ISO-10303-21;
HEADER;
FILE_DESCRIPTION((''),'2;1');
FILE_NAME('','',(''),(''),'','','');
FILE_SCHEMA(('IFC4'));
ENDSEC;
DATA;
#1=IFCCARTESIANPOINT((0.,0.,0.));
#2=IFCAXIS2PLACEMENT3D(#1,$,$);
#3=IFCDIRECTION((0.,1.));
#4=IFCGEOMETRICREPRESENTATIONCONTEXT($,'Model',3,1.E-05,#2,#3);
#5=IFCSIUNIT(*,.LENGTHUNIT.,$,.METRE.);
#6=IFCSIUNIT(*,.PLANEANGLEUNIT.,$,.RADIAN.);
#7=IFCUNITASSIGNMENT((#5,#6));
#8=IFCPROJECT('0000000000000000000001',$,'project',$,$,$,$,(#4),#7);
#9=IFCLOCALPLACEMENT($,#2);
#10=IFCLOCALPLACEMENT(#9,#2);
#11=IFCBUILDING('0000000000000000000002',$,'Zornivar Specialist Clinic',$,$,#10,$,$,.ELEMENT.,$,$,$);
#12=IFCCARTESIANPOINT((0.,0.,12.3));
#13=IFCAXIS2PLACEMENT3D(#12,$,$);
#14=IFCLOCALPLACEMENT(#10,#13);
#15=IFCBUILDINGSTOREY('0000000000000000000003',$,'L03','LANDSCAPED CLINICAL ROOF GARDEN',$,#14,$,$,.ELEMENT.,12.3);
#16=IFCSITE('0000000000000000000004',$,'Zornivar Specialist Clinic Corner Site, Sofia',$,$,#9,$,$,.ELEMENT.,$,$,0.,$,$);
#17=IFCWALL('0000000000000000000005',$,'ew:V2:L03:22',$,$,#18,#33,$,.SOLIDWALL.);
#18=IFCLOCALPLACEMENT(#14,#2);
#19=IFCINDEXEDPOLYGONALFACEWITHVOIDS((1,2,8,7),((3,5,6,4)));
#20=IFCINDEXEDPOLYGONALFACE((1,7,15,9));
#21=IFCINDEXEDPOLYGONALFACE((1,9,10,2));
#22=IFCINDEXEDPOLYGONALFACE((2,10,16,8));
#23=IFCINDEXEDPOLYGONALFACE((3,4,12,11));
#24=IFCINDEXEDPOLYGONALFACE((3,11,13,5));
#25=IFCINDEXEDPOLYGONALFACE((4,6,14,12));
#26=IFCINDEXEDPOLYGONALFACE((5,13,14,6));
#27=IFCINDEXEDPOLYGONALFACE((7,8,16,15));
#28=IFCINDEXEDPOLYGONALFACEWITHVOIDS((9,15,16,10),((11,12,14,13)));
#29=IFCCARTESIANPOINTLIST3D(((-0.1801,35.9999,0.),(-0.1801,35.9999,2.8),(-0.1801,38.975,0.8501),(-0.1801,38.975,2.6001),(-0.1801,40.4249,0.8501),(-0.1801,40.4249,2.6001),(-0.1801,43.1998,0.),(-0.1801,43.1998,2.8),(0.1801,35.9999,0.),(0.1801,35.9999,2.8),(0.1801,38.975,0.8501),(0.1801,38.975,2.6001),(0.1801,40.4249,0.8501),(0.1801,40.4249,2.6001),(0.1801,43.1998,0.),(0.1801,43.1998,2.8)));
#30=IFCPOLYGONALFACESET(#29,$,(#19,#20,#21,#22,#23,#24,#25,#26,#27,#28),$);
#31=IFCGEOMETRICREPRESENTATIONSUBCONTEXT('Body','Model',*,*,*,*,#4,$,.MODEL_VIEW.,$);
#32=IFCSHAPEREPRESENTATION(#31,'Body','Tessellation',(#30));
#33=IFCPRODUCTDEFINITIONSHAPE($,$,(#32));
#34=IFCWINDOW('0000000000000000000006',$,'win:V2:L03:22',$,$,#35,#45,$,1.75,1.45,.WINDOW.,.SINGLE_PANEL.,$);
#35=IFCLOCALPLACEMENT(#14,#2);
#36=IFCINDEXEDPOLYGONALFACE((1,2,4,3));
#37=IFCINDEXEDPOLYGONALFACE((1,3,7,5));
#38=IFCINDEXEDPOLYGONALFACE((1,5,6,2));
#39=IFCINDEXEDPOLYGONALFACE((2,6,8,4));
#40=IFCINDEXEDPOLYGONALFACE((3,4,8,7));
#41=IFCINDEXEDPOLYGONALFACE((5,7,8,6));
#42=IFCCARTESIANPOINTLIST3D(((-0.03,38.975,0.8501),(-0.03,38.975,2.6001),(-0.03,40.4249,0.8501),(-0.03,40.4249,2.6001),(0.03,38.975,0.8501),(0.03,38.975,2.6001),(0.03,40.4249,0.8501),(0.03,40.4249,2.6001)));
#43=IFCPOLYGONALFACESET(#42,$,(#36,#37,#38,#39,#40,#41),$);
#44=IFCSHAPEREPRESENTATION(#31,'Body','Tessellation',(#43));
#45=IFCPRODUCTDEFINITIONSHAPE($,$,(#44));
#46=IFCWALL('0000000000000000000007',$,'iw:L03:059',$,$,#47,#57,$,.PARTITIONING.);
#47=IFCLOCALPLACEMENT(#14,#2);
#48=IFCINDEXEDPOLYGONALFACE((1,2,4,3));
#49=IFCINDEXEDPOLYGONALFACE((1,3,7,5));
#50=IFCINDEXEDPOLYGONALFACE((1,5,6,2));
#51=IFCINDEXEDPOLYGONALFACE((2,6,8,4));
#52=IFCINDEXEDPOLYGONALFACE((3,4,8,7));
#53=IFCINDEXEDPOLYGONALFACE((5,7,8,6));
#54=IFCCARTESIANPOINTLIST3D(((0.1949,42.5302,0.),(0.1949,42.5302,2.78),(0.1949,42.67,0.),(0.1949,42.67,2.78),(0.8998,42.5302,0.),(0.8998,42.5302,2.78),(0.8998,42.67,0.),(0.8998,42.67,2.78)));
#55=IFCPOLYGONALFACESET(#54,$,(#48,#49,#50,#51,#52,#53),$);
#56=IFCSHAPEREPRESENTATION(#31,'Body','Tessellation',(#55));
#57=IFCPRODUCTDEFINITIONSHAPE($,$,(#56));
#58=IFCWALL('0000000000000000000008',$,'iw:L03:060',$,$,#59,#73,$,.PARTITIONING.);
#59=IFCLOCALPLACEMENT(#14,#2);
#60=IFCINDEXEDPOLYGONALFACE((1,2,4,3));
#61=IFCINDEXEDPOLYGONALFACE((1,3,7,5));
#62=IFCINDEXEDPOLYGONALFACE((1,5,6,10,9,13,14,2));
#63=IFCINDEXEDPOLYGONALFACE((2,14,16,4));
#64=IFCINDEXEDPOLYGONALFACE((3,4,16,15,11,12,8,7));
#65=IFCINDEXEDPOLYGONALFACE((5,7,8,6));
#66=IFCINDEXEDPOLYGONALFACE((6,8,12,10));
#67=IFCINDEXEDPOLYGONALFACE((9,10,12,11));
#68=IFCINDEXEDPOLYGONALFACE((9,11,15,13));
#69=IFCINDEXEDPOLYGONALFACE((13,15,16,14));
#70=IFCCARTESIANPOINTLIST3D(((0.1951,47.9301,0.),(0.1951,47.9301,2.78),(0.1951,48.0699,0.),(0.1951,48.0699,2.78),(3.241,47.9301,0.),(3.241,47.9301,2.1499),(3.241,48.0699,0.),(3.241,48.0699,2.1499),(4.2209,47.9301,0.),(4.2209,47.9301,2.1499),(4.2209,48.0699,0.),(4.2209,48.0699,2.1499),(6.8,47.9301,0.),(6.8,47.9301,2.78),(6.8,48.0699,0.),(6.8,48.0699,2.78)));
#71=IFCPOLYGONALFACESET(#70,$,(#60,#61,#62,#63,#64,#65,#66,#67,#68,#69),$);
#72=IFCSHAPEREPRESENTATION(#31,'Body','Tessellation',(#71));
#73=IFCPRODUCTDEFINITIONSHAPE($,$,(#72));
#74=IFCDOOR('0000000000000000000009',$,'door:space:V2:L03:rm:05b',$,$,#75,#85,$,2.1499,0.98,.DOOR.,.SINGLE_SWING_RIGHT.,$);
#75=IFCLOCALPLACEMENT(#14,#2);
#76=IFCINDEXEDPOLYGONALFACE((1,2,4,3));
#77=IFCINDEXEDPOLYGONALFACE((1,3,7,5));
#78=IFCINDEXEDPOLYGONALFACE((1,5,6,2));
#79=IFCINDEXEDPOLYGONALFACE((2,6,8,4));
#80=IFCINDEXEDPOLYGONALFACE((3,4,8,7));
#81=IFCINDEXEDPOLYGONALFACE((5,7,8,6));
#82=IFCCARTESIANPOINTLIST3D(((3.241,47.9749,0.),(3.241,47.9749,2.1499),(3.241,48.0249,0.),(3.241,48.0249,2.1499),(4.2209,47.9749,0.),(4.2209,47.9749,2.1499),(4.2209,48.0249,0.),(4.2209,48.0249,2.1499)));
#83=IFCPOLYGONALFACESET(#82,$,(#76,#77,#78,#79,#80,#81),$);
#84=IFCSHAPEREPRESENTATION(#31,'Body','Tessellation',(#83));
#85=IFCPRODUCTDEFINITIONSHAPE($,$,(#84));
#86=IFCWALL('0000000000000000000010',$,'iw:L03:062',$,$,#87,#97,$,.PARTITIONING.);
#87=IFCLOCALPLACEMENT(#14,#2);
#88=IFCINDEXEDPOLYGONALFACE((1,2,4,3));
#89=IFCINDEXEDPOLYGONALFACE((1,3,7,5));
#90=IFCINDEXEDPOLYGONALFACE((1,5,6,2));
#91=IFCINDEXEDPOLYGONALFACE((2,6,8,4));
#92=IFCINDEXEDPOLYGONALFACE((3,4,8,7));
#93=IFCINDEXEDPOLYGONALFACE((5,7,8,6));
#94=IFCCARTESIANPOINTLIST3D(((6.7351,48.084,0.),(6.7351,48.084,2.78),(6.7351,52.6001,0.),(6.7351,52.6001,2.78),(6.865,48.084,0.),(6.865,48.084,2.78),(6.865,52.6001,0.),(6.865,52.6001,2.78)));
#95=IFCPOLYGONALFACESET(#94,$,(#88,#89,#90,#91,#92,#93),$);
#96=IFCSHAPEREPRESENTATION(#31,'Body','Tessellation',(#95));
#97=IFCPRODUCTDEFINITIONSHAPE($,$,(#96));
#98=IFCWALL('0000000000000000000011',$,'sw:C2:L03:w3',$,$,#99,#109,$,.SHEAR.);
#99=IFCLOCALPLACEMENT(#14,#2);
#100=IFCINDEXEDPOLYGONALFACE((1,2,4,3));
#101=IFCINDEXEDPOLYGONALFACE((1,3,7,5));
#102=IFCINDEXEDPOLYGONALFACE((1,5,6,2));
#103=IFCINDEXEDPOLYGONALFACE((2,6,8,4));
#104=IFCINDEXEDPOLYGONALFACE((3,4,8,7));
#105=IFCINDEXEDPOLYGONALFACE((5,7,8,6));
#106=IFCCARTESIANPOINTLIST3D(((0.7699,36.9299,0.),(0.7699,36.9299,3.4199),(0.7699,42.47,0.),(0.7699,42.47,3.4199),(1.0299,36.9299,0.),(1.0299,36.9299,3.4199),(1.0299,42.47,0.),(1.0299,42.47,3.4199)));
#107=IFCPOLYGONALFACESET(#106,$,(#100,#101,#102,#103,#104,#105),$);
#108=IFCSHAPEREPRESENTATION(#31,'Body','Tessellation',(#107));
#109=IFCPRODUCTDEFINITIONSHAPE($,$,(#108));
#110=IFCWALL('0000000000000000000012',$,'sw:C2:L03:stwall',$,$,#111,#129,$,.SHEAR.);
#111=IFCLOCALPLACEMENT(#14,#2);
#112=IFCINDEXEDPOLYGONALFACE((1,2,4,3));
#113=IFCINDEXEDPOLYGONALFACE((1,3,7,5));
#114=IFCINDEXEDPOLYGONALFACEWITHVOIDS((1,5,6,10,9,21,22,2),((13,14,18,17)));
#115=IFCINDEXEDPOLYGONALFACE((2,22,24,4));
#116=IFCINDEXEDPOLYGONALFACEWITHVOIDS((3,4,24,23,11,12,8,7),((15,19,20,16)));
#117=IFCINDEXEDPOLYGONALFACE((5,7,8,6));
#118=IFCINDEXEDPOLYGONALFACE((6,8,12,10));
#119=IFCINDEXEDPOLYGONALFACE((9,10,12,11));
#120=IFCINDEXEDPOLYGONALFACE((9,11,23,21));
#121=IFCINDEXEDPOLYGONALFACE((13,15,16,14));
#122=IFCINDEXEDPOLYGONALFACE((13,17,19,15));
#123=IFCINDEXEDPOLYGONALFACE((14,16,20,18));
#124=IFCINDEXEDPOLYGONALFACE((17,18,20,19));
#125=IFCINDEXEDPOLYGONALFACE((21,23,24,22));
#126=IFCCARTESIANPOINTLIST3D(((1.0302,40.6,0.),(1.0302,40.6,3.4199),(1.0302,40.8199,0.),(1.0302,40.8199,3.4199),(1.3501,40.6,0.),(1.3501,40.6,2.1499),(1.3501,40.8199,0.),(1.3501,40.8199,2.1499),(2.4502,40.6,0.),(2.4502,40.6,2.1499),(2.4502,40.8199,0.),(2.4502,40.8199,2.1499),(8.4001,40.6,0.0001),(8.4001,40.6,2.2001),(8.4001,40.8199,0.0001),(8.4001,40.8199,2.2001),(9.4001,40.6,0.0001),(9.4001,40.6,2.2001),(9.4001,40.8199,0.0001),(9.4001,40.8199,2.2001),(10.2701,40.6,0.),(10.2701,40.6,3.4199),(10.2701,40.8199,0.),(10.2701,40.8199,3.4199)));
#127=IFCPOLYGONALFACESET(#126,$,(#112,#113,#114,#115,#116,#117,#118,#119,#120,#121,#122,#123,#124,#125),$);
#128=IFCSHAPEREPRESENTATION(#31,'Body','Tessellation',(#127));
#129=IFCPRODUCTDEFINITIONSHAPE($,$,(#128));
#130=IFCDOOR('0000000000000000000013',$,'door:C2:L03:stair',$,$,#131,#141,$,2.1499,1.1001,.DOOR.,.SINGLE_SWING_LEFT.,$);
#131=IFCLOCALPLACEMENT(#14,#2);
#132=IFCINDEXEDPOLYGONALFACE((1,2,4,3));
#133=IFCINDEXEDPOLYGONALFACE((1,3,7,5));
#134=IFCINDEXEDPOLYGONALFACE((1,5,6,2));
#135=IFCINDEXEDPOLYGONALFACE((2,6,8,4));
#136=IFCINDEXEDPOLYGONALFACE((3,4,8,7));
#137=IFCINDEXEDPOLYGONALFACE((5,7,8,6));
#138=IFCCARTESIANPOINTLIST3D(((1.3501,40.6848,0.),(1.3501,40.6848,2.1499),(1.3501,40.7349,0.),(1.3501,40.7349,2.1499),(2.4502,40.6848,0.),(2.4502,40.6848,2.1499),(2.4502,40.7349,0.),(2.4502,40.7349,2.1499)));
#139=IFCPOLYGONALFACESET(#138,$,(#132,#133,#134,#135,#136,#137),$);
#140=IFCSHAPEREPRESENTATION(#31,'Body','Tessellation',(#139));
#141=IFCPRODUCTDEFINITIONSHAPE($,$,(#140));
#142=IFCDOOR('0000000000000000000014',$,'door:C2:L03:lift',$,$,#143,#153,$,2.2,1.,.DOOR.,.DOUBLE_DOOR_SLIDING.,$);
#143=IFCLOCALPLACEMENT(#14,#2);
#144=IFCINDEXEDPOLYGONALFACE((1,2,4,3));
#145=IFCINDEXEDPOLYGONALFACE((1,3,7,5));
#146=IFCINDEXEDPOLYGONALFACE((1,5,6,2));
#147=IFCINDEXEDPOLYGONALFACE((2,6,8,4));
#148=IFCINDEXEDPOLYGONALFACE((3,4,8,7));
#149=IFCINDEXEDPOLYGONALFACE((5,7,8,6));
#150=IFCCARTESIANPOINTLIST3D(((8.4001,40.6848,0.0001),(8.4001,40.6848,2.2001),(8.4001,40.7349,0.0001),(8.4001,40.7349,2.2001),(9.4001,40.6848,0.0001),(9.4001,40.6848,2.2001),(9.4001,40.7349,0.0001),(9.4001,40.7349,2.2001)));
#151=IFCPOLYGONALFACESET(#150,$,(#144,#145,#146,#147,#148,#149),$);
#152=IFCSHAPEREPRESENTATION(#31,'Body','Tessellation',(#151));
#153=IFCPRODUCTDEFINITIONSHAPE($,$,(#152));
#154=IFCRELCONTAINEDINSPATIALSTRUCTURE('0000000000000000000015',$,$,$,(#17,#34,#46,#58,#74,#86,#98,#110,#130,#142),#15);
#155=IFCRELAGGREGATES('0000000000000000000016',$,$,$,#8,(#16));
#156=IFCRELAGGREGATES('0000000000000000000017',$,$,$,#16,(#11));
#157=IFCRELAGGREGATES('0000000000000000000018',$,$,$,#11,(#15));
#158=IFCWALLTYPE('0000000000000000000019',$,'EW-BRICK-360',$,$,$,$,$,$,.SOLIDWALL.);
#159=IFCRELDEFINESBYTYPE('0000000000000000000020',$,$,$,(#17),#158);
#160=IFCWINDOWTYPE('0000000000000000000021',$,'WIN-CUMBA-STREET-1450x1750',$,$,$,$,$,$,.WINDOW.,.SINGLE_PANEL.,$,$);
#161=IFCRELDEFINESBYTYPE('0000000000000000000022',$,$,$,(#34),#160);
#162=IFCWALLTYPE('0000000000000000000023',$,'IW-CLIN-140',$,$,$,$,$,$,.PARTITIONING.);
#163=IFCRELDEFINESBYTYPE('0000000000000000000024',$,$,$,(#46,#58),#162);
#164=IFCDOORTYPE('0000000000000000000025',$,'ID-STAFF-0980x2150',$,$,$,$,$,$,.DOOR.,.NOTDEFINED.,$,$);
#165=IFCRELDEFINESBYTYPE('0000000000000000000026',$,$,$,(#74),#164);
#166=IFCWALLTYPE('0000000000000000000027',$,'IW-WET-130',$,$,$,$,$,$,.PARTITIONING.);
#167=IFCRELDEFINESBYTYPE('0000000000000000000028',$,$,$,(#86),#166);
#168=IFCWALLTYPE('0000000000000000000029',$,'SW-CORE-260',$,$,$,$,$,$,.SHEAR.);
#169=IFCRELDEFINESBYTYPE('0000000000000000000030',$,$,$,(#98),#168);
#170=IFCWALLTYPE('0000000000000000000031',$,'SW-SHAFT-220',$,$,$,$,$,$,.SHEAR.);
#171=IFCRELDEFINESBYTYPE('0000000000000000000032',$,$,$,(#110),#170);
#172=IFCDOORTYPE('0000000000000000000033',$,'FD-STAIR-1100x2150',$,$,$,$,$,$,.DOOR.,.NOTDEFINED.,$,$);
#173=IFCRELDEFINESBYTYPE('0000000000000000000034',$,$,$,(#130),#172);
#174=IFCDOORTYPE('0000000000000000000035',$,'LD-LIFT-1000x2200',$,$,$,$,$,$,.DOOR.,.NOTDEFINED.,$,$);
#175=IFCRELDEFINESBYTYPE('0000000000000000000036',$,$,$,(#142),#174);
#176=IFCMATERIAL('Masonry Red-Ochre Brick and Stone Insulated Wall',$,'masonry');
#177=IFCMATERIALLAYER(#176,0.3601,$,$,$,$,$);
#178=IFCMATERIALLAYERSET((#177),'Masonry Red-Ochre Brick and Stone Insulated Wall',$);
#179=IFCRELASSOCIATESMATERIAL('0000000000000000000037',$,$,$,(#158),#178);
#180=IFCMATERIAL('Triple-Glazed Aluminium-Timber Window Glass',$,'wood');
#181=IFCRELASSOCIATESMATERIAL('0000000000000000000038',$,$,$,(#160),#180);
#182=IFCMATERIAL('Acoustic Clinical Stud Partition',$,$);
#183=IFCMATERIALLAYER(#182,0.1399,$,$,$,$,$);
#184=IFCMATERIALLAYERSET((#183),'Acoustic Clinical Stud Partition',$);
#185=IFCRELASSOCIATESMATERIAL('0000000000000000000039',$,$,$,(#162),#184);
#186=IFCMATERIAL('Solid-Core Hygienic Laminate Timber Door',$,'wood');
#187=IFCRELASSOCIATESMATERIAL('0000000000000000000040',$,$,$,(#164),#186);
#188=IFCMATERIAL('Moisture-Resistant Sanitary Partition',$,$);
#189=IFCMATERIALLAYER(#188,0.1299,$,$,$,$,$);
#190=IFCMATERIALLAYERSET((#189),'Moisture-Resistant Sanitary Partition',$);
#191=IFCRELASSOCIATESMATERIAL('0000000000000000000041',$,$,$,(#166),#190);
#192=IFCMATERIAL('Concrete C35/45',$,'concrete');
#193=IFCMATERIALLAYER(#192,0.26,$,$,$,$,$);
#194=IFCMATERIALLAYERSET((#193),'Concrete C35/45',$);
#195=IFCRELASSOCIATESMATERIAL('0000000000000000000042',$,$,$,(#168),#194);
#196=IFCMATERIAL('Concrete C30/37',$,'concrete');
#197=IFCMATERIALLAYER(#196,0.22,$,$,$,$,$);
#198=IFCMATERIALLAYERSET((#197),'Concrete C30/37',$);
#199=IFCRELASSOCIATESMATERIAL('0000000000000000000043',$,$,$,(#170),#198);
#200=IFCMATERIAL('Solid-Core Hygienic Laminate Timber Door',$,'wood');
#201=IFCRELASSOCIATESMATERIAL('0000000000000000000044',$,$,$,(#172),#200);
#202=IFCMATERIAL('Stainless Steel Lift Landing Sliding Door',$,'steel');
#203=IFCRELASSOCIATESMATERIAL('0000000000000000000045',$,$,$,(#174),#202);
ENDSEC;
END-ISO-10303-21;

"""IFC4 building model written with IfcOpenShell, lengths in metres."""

from ifc_helpers import new_model, si_unit, direction, frame, frame_2d, origin, place, context, subcontext, project, spatial, rectangle, extrude, material, layer, layer_set, type_object, element, fill, save


model = new_model("IFC4")

# Units and contexts
model_context = context("Model", 3, precision=1e-05, world=origin(), true_north=direction((0.0, 1.0)))
body_context = subcontext(model_context, "Body", "Model", "MODEL_VIEW")
ifc_project = project(units=[si_unit("LENGTHUNIT", "METRE"), si_unit("PLANEANGLEUNIT", "RADIAN")], contexts=[model_context])

# Site, building, storey
site_placement = place(None, origin())
site = spatial("IfcSite", under=ifc_project, at=site_placement, Name="Zornivar Specialist Clinic Corner Site, Sofia", CompositionType="ELEMENT", RefElevation=0.0)
building_placement = place(site_placement, origin())
building = spatial("IfcBuilding", under=site, at=building_placement, Name="Zornivar Specialist Clinic", CompositionType="ELEMENT")
storey_placement = place(building_placement, frame((0.0, 0.0, 12.3)))
storey = spatial("IfcBuildingStorey", under=building, at=storey_placement, Name="L03", Description="LANDSCAPED CLINICAL ROOF GARDEN", CompositionType="ELEMENT", Elevation=12.3)

# Wall, opening, window
ifc_material_1 = material(Name="Masonry Red-Ochre Brick and Stone Insulated Wall", Category="masonry")
ifc_layer_1 = layer(ifc_material_1, 0.3601)
ifc_layer_set_1 = layer_set([ifc_layer_1], Name="Masonry Red-Ochre Brick and Stone Insulated Wall")
wall_type_1 = type_object("IfcWallType", Name="EW-BRICK-360", PredefinedType="SOLIDWALL", material=ifc_layer_set_1)
wall_1_placement = place(storey_placement, frame((0.0, 43.2, 0.0), z_axis=(0.0, 0.0, 1.0), x_axis=(0.0, -1.0, 0.0)))
wall_1 = element("IfcWall", 1, at=wall_1_placement, inside=storey, type_object=wall_type_1, Name="ew:V2:L03:22", PredefinedType="SOLIDWALL", context=body_context, shape_type="SweptSolid", body=[
    extrude(rectangle(XDim=7.2, YDim=0.3601, at=frame_2d((3.6001, 0.0))), origin(), (0.0, 0.0, 1.0), 2.8),
])
opening_1_placement = place(wall_1_placement, frame((2.7749, 0.0, 0.8501)))
opening_1 = element("IfcOpeningElement", 2, at=opening_1_placement, cuts=wall_1, PredefinedType="OPENING", context=body_context, shape_type="SweptSolid", body=[
    extrude(rectangle(XDim=1.45, YDim=1.75, at=frame_2d((0.7251, 0.875))), frame((0.0, 0.1899, 0.0), z_axis=(0.0, -1.0, 0.0), x_axis=(1.0, 0.0, 0.0)), (0.0, 0.0, 1.0), 0.3801),
])
ifc_material_2 = material(Name="Triple-Glazed Aluminium-Timber Window Glass", Category="wood")
window_type_1 = type_object("IfcWindowType", Name="WIN-CUMBA-STREET-1450x1750", PartitioningType="SINGLE_PANEL", PredefinedType="WINDOW", material=ifc_material_2)
window_1_placement = place(opening_1_placement, origin())
window_1 = element("IfcWindow", 3, at=window_1_placement, inside=storey, type_object=window_type_1, Name="win:V2:L03:22", OverallHeight=1.75, OverallWidth=1.45, PartitioningType="SINGLE_PANEL", PredefinedType="WINDOW", context=body_context, shape_type="SweptSolid", body=[
    extrude(rectangle(XDim=1.45, YDim=1.75, at=frame_2d((0.7251, 0.875))), frame((0.0, 0.03, 0.0), z_axis=(0.0, -1.0, 0.0), x_axis=(1.0, 0.0, 0.0)), (0.0, 0.0, 1.0), 0.0601),
])
fill(opening_1, window_1)

# Wall
ifc_material_3 = material(Name="Acoustic Clinical Stud Partition")
ifc_layer_2 = layer(ifc_material_3, 0.1399)
ifc_layer_set_2 = layer_set([ifc_layer_2], Name="Acoustic Clinical Stud Partition")
wall_type_2 = type_object("IfcWallType", Name="IW-CLIN-140", PredefinedType="PARTITIONING", material=ifc_layer_set_2)
wall_2_placement = place(storey_placement, frame((0.8999, 42.6001, 0.0), z_axis=(0.0, 0.0, 1.0), x_axis=(-1.0, 0.0, 0.0)))
element("IfcWall", 4, at=wall_2_placement, inside=storey, type_object=wall_type_2, Name="iw:L03:059", PredefinedType="PARTITIONING", context=body_context, shape_type="SweptSolid", body=[
    extrude(rectangle(XDim=0.7048, YDim=0.1399, at=frame_2d((0.3525, 0.0))), origin(), (0.0, 0.0, 1.0), 2.78),
])

# Wall, opening, door
wall_3_placement = place(storey_placement, frame((0.1951, 48.0, 0.0), z_axis=(0.0, 0.0, 1.0), x_axis=(1.0, 0.0, 0.0)))
wall_3 = element("IfcWall", 5, at=wall_3_placement, inside=storey, type_object=wall_type_2, Name="iw:L03:060", PredefinedType="PARTITIONING", context=body_context, shape_type="SweptSolid", body=[
    extrude(rectangle(XDim=6.605, YDim=0.1399, at=frame_2d((3.3025, 0.0))), origin(), (0.0, 0.0, 1.0), 2.78),
])
opening_2_placement = place(wall_3_placement, frame((3.0459, 0.0, 0.0)))
opening_2 = element("IfcOpeningElement", 6, at=opening_2_placement, cuts=wall_3, PredefinedType="OPENING", context=body_context, shape_type="SweptSolid", body=[
    extrude(rectangle(XDim=0.98, YDim=2.1499, at=frame_2d((0.49, 1.075))), frame((0.0, 0.0798, 0.0), z_axis=(0.0, -1.0, 0.0), x_axis=(1.0, 0.0, 0.0)), (0.0, 0.0, 1.0), 0.1599),
])
ifc_material_4 = material(Name="Solid-Core Hygienic Laminate Timber Door", Category="wood")
door_type_1 = type_object("IfcDoorType", Name="ID-STAFF-0980x2150", OperationType="NOTDEFINED", PredefinedType="DOOR", material=ifc_material_4)
door_1_placement = place(opening_2_placement, origin())
door_1 = element("IfcDoor", 7, at=door_1_placement, inside=storey, type_object=door_type_1, Name="door:space:V2:L03:rm:05b", OperationType="SINGLE_SWING_RIGHT", OverallHeight=2.1499, OverallWidth=0.98, PredefinedType="DOOR", context=body_context, shape_type="SweptSolid", body=[
    extrude(rectangle(XDim=0.98, YDim=2.1499, at=frame_2d((0.49, 1.075))), frame((0.0, 0.0249, 0.0), z_axis=(0.0, -1.0, 0.0), x_axis=(1.0, 0.0, 0.0)), (0.0, 0.0, 1.0), 0.05),
])
fill(opening_2, door_1)

# Walls
ifc_material_5 = material(Name="Moisture-Resistant Sanitary Partition")
ifc_layer_3 = layer(ifc_material_5, 0.1299)
ifc_layer_set_3 = layer_set([ifc_layer_3], Name="Moisture-Resistant Sanitary Partition")
wall_type_3 = type_object("IfcWallType", Name="IW-WET-130", PredefinedType="PARTITIONING", material=ifc_layer_set_3)
wall_4_placement = place(storey_placement, frame((6.8, 48.084, 0.0), z_axis=(0.0, 0.0, 1.0), x_axis=(0.0, 1.0, 0.0)))
element("IfcWall", 8, at=wall_4_placement, inside=storey, type_object=wall_type_3, Name="iw:L03:062", PredefinedType="PARTITIONING", context=body_context, shape_type="SweptSolid", body=[
    extrude(rectangle(XDim=4.5161, YDim=0.1299, at=frame_2d((2.2581, 0.0))), origin(), (0.0, 0.0, 1.0), 2.78),
])
ifc_material_6 = material(Name="Concrete C35/45", Category="concrete")
ifc_layer_4 = layer(ifc_material_6, 0.26)
ifc_layer_set_4 = layer_set([ifc_layer_4], Name="Concrete C35/45")
wall_type_4 = type_object("IfcWallType", Name="SW-CORE-260", PredefinedType="SHEAR", material=ifc_layer_set_4)
wall_5_placement = place(storey_placement, frame((0.8999, 42.47, 0.0), z_axis=(0.0, 0.0, 1.0), x_axis=(0.0, -1.0, 0.0)))
element("IfcWall", 9, at=wall_5_placement, inside=storey, type_object=wall_type_4, Name="sw:C2:L03:w3", PredefinedType="SHEAR", context=body_context, shape_type="SweptSolid", body=[
    extrude(rectangle(XDim=5.54, YDim=0.26, at=frame_2d((2.77, 0.0))), origin(), (0.0, 0.0, 1.0), 3.4199),
])

# Wall, openings, doors
ifc_material_7 = material(Name="Concrete C30/37", Category="concrete")
ifc_layer_5 = layer(ifc_material_7, 0.22)
ifc_layer_set_5 = layer_set([ifc_layer_5], Name="Concrete C30/37")
wall_type_5 = type_object("IfcWallType", Name="SW-SHAFT-220", PredefinedType="SHEAR", material=ifc_layer_set_5)
wall_6_placement = place(storey_placement, frame((1.03, 40.71, 0.0), z_axis=(0.0, 0.0, 1.0), x_axis=(1.0, 0.0, 0.0)))
wall_6 = element("IfcWall", 10, at=wall_6_placement, inside=storey, type_object=wall_type_5, Name="sw:C2:L03:stwall", PredefinedType="SHEAR", context=body_context, shape_type="SweptSolid", body=[
    extrude(rectangle(XDim=9.24, YDim=0.22, at=frame_2d((4.6201, 0.0))), origin(), (0.0, 0.0, 1.0), 3.4199),
])
opening_3_placement = place(wall_6_placement, frame((0.3201, 0.0, 0.0)))
opening_3 = element("IfcOpeningElement", 11, at=opening_3_placement, cuts=wall_6, PredefinedType="OPENING", context=body_context, shape_type="SweptSolid", body=[
    extrude(rectangle(XDim=1.1001, YDim=2.1499, at=frame_2d((0.55, 1.075))), frame((0.0, 0.1199, 0.0), z_axis=(0.0, -1.0, 0.0), x_axis=(1.0, 0.0, 0.0)), (0.0, 0.0, 1.0), 0.24),
])
opening_4_placement = place(wall_6_placement, frame((7.3701, 0.0, 0.0)))
opening_4 = element("IfcOpeningElement", 12, at=opening_4_placement, cuts=wall_6, PredefinedType="OPENING", context=body_context, shape_type="SweptSolid", body=[
    extrude(rectangle(XDim=1.0, YDim=2.2, at=frame_2d((0.5, 1.1001))), frame((0.0, 0.1199, 0.0), z_axis=(0.0, -1.0, 0.0), x_axis=(1.0, 0.0, 0.0)), (0.0, 0.0, 1.0), 0.24),
])
ifc_material_8 = material(Name="Solid-Core Hygienic Laminate Timber Door", Category="wood")
door_type_2 = type_object("IfcDoorType", Name="FD-STAIR-1100x2150", OperationType="NOTDEFINED", PredefinedType="DOOR", material=ifc_material_8)
door_2_placement = place(opening_3_placement, origin())
door_2 = element("IfcDoor", 13, at=door_2_placement, inside=storey, type_object=door_type_2, Name="door:C2:L03:stair", OperationType="SINGLE_SWING_LEFT", OverallHeight=2.1499, OverallWidth=1.1001, PredefinedType="DOOR", context=body_context, shape_type="SweptSolid", body=[
    extrude(rectangle(XDim=1.1001, YDim=2.1499, at=frame_2d((0.55, 1.075))), frame((0.0, 0.0249, 0.0), z_axis=(0.0, -1.0, 0.0), x_axis=(1.0, 0.0, 0.0)), (0.0, 0.0, 1.0), 0.05),
])
fill(opening_3, door_2)
ifc_material_9 = material(Name="Stainless Steel Lift Landing Sliding Door", Category="steel")
door_type_3 = type_object("IfcDoorType", Name="LD-LIFT-1000x2200", OperationType="NOTDEFINED", PredefinedType="DOOR", material=ifc_material_9)
door_3_placement = place(opening_4_placement, origin())
door_3 = element("IfcDoor", 14, at=door_3_placement, inside=storey, type_object=door_type_3, Name="door:C2:L03:lift", OperationType="DOUBLE_DOOR_SLIDING", OverallHeight=2.2, OverallWidth=1.0, PredefinedType="DOOR", context=body_context, shape_type="SweptSolid", body=[
    extrude(rectangle(XDim=1.0, YDim=2.2, at=frame_2d((0.5, 1.1001))), frame((0.0, 0.0249, 0.0), z_axis=(0.0, -1.0, 0.0), x_axis=(1.0, 0.0, 0.0)), (0.0, 0.0, 1.0), 0.05),
])
fill(opening_4, door_3)

save(model, "model.ifc")
